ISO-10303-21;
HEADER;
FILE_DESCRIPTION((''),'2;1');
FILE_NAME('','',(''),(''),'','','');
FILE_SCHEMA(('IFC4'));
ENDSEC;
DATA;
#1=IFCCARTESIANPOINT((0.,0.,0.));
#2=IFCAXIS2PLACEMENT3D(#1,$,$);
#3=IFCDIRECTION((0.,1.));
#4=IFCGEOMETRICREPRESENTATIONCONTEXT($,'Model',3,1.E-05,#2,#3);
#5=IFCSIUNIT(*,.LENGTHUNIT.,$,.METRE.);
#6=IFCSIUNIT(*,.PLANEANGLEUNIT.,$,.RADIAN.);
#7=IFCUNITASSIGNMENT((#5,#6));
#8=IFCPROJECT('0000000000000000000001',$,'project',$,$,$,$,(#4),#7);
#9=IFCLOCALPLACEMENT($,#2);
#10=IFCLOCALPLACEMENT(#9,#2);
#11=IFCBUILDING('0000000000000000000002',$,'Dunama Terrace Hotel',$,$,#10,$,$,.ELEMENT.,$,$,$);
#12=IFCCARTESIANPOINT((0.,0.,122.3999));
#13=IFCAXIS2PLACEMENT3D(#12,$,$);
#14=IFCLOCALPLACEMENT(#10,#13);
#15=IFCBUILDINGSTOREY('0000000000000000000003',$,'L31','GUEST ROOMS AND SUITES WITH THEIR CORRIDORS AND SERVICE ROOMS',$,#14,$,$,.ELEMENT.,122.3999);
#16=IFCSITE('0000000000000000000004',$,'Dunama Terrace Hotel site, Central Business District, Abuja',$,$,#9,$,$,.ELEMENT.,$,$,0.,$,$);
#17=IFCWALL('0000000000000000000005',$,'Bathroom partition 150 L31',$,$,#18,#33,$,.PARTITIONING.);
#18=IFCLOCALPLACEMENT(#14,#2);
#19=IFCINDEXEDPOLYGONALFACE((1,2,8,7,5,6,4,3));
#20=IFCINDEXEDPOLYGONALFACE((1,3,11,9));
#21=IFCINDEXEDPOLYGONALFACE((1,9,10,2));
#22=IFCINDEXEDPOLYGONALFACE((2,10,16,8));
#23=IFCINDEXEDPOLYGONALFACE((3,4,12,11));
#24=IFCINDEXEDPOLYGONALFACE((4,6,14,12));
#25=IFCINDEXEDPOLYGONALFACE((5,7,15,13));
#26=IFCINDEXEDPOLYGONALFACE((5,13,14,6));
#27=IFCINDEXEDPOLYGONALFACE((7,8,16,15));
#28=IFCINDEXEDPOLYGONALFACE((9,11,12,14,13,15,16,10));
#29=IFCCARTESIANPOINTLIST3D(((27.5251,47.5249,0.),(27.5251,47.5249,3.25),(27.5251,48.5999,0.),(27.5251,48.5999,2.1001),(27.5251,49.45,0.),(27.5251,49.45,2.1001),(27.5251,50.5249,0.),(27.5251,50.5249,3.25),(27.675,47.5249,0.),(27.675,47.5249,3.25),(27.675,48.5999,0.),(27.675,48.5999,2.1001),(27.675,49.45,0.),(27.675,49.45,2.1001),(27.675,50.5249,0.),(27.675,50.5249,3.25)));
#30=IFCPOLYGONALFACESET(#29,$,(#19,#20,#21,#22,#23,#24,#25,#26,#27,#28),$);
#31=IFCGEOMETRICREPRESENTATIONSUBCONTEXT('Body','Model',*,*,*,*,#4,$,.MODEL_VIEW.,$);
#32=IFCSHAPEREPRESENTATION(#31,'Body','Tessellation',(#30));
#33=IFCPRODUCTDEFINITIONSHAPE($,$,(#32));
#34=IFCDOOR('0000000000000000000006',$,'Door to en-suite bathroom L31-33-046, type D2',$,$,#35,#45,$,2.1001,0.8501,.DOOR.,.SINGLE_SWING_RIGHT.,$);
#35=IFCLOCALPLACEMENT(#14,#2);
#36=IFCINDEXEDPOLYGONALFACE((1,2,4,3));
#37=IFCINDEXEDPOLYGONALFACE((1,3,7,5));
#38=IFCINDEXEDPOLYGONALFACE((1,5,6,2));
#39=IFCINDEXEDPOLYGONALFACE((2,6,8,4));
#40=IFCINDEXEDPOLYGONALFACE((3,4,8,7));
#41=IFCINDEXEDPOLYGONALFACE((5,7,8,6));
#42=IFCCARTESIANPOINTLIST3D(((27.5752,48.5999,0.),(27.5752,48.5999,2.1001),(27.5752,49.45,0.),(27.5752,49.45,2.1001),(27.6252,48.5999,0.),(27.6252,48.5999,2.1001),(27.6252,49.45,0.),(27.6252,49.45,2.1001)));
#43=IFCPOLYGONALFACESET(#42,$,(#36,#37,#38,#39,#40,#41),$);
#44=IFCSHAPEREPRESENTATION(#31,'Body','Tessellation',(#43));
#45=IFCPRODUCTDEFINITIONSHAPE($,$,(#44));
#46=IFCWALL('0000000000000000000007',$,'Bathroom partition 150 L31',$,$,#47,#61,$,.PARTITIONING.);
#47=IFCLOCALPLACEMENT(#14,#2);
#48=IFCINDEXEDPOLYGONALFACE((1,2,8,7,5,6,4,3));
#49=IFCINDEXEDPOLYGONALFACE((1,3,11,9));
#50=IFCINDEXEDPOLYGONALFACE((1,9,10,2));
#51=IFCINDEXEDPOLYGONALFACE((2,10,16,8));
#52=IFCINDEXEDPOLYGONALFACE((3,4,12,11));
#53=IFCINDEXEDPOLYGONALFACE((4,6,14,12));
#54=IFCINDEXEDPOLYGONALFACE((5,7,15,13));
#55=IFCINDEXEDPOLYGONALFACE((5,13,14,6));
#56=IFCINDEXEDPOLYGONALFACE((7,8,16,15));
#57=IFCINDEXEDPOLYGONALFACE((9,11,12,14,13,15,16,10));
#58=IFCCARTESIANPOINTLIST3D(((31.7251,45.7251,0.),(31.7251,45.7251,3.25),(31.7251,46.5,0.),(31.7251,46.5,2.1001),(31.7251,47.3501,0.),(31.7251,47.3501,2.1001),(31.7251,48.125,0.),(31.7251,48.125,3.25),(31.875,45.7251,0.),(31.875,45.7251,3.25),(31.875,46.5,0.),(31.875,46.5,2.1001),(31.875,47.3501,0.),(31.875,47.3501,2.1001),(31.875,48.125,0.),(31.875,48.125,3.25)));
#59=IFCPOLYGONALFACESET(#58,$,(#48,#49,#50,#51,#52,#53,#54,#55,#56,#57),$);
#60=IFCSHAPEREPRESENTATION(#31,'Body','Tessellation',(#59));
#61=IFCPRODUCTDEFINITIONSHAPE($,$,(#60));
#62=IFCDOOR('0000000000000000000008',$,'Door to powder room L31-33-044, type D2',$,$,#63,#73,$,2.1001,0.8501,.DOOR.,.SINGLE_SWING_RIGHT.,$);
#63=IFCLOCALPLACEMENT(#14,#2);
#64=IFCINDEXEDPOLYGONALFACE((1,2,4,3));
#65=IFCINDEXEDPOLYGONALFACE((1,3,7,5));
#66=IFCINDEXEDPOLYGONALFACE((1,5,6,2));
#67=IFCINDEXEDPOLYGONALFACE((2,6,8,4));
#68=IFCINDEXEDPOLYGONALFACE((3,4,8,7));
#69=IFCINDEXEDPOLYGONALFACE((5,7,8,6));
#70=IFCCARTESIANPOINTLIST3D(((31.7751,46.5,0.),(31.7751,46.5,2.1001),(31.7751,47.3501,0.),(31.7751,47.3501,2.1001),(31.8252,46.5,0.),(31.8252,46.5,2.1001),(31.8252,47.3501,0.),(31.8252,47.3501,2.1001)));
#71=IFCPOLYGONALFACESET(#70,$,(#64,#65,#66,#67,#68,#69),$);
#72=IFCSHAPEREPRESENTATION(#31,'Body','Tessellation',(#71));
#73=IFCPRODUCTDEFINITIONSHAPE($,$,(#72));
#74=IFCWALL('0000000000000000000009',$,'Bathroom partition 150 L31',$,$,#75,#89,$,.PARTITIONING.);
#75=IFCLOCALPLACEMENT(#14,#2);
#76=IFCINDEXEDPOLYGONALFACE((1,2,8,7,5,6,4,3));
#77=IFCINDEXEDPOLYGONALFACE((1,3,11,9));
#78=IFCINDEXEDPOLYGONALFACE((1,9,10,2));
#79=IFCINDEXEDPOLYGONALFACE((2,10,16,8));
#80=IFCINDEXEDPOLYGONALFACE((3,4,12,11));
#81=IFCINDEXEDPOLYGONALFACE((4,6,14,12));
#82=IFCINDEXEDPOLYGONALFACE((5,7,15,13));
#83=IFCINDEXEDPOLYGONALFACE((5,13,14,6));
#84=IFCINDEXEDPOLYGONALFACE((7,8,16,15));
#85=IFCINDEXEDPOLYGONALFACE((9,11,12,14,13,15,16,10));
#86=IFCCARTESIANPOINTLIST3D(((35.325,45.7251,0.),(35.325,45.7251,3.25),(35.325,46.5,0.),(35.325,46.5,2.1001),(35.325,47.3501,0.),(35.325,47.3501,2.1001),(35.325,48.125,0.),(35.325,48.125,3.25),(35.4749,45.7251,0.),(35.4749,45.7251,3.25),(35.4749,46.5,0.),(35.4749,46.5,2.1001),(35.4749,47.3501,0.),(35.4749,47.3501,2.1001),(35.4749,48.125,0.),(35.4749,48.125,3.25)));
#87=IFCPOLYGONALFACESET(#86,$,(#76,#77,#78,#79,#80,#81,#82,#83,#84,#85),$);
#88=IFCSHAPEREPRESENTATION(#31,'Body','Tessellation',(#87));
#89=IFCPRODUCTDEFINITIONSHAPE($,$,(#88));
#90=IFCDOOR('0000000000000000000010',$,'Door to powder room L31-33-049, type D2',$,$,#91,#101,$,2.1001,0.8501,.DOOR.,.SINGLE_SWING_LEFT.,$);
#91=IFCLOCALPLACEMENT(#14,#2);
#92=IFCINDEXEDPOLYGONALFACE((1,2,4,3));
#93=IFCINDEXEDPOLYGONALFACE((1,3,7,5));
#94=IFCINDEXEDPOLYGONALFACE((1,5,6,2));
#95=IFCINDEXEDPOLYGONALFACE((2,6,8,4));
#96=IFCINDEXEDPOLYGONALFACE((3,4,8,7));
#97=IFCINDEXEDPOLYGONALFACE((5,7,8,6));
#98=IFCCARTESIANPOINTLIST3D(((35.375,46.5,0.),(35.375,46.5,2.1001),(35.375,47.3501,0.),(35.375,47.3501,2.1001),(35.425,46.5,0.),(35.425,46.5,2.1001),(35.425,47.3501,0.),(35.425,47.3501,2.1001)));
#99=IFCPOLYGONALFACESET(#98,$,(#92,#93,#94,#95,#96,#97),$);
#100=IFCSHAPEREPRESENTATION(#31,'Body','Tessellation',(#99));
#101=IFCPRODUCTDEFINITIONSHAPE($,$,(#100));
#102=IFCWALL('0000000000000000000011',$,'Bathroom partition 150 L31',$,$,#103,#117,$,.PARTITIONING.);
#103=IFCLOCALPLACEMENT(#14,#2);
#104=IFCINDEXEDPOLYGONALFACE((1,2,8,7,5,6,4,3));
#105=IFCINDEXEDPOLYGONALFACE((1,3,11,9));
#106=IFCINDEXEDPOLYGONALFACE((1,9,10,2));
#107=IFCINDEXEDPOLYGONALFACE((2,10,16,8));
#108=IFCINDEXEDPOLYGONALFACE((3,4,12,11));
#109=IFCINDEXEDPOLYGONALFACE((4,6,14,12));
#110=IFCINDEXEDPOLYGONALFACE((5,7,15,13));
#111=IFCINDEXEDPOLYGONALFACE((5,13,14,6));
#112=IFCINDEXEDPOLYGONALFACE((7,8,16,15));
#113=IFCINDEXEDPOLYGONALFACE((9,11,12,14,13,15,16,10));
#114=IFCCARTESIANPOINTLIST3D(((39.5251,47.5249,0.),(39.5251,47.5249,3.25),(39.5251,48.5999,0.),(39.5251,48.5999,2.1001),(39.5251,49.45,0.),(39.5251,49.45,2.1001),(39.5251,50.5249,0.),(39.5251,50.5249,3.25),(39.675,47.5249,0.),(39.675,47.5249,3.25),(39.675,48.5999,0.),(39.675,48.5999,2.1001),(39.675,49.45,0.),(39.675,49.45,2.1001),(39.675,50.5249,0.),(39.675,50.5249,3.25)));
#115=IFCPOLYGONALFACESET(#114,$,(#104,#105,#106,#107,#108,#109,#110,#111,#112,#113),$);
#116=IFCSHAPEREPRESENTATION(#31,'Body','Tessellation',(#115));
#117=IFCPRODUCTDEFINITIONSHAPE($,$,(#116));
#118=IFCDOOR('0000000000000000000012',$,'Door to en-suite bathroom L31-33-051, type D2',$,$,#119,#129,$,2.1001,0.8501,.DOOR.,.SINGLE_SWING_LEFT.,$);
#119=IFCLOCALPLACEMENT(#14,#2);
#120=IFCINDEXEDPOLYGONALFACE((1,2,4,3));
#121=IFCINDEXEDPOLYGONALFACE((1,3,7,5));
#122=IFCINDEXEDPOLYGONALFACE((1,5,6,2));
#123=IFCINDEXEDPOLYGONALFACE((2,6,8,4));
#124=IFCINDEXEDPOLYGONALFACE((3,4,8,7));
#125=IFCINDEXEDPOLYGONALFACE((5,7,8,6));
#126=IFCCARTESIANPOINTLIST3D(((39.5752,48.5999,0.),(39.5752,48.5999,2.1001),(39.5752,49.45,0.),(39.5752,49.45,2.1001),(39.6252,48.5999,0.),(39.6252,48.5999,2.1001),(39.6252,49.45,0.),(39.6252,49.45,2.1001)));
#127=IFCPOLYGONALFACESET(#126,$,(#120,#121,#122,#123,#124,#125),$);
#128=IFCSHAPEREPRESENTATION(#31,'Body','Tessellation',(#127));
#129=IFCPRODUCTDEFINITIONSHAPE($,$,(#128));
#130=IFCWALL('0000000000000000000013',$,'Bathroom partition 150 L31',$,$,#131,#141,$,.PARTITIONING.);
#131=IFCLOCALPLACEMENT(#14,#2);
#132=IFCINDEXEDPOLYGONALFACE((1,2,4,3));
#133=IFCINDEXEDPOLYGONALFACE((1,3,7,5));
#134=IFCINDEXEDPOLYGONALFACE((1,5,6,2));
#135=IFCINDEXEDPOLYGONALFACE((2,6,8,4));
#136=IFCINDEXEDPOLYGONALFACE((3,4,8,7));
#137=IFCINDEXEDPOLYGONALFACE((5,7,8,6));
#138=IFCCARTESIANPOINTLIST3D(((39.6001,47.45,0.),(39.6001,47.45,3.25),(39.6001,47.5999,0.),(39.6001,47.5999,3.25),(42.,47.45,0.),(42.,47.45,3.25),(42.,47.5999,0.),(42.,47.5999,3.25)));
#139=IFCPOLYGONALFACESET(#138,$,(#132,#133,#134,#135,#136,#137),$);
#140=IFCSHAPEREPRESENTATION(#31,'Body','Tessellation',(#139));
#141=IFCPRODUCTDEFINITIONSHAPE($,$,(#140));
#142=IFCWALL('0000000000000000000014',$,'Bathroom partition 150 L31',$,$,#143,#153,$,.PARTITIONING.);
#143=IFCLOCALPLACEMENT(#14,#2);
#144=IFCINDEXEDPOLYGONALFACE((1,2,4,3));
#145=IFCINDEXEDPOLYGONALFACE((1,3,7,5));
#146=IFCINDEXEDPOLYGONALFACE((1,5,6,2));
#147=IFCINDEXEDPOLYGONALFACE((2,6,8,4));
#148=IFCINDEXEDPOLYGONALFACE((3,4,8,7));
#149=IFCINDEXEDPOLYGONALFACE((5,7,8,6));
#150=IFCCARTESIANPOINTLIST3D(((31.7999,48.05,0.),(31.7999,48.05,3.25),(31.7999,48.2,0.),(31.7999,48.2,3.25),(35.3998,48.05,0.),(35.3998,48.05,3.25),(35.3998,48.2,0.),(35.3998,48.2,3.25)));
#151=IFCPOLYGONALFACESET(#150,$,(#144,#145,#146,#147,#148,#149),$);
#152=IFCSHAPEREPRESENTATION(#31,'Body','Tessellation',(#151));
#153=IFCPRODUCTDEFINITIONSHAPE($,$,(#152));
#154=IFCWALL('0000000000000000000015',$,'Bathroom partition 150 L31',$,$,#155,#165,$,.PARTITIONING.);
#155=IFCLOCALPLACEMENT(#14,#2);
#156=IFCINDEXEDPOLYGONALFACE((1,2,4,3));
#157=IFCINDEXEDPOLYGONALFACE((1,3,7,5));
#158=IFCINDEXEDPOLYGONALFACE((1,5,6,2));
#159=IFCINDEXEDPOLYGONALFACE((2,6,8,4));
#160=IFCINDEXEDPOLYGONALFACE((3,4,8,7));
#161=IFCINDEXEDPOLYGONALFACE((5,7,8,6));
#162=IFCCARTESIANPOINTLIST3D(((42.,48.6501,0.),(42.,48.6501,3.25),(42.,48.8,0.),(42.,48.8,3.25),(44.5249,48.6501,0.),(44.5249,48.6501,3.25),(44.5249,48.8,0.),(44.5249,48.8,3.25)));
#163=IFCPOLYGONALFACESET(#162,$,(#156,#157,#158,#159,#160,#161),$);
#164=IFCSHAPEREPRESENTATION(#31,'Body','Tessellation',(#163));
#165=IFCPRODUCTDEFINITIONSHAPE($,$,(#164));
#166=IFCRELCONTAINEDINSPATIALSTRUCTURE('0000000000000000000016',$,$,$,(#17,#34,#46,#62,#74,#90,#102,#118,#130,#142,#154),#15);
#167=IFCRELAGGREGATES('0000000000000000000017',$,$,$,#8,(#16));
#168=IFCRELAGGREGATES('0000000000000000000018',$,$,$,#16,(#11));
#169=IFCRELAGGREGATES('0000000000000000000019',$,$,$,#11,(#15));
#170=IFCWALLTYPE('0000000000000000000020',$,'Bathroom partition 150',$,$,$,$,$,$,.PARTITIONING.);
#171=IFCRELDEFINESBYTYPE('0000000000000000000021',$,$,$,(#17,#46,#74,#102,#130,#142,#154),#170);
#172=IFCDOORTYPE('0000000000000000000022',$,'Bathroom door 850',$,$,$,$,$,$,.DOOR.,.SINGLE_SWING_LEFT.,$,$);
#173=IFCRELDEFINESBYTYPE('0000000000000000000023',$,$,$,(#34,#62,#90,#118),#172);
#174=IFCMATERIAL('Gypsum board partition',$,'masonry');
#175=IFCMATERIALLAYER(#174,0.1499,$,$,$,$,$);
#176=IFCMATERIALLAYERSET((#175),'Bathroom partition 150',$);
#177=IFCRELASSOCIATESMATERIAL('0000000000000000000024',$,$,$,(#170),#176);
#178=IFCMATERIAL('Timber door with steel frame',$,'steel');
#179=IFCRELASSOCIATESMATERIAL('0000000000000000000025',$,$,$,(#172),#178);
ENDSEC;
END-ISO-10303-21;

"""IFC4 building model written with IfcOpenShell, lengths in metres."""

from ifc_helpers import new_model, si_unit, direction, frame, frame_2d, origin, place, context, subcontext, project, spatial, rectangle, extrude, material, layer, layer_set, type_object, element, fill, save


model = new_model("IFC4")

# Units and contexts
model_context = context("Model", 3, precision=1e-05, world=origin(), true_north=direction((0.0, 1.0)))
body_context = subcontext(model_context, "Body", "Model", "MODEL_VIEW")
ifc_project = project(units=[si_unit("LENGTHUNIT", "METRE"), si_unit("PLANEANGLEUNIT", "RADIAN")], contexts=[model_context])

# Site, building, storey
site_placement = place(None, origin())
site = spatial("IfcSite", under=ifc_project, at=site_placement, Name="Dunama Terrace Hotel site, Central Business District, Abuja", CompositionType="ELEMENT", RefElevation=0.0)
building_placement = place(site_placement, origin())
building = spatial("IfcBuilding", under=site, at=building_placement, Name="Dunama Terrace Hotel", CompositionType="ELEMENT")
storey_placement = place(building_placement, frame((0.0, 0.0, 122.3999)))
storey = spatial("IfcBuildingStorey", under=building, at=storey_placement, Name="L31", Description="GUEST ROOMS AND SUITES WITH THEIR CORRIDORS AND SERVICE ROOMS", CompositionType="ELEMENT", Elevation=122.3999)

# Walls, openings, doors
ifc_material_1 = material(Name="Gypsum board partition", Category="masonry")
ifc_layer_1 = layer(ifc_material_1, 0.1499)
ifc_layer_set_1 = layer_set([ifc_layer_1], Name="Bathroom partition 150")
wall_type_1 = type_object("IfcWallType", Name="Bathroom partition 150", PredefinedType="PARTITIONING", material=ifc_layer_set_1)
wall_1_placement = place(storey_placement, frame((27.6001, 47.5249, 0.0), z_axis=(0.0, 0.0, 1.0), x_axis=(0.0, 1.0, 0.0)))
wall_1 = element("IfcWall", 1, at=wall_1_placement, inside=storey, type_object=wall_type_1, Name="Bathroom partition 150 L31", PredefinedType="PARTITIONING", context=body_context, shape_type="SweptSolid", body=[
    extrude(rectangle(XDim=3.0, YDim=0.1499, at=frame_2d((1.5, 0.0))), origin(), (0.0, 0.0, 1.0), 3.25),
])
opening_1_placement = place(wall_1_placement, frame((1.075, 0.0, 0.0)))
opening_1 = element("IfcOpeningElement", 2, at=opening_1_placement, cuts=wall_1, PredefinedType="OPENING", context=body_context, shape_type="SweptSolid", body=[
    extrude(rectangle(XDim=0.8501, YDim=2.1001, at=frame_2d((0.425, 1.05))), frame((0.0, 0.085, 0.0), z_axis=(0.0, -1.0, 0.0), x_axis=(1.0, 0.0, 0.0)), (0.0, 0.0, 1.0), 0.1699),
])
ifc_material_2 = material(Name="Timber door with steel frame", Category="steel")
door_type_1 = type_object("IfcDoorType", Name="Bathroom door 850", OperationType="SINGLE_SWING_LEFT", PredefinedType="DOOR", material=ifc_material_2)
door_1_placement = place(opening_1_placement, origin())
door_1 = element("IfcDoor", 3, at=door_1_placement, inside=storey, type_object=door_type_1, Name="Door to en-suite bathroom L31-33-046, type D2", OperationType="SINGLE_SWING_RIGHT", OverallHeight=2.1001, OverallWidth=0.8501, PredefinedType="DOOR", context=body_context, shape_type="SweptSolid", body=[
    extrude(rectangle(XDim=0.8501, YDim=2.1001, at=frame_2d((0.425, 1.05))), frame((0.0, 0.0249, 0.0), z_axis=(0.0, -1.0, 0.0), x_axis=(1.0, 0.0, 0.0)), (0.0, 0.0, 1.0), 0.05),
])
fill(opening_1, door_1)
wall_2_placement = place(storey_placement, frame((31.8, 45.7251, 0.0), z_axis=(0.0, 0.0, 1.0), x_axis=(0.0, 1.0, 0.0)))
wall_2 = element("IfcWall", 4, at=wall_2_placement, inside=storey, type_object=wall_type_1, Name="Bathroom partition 150 L31", PredefinedType="PARTITIONING", context=body_context, shape_type="SweptSolid", body=[
    extrude(rectangle(XDim=2.3999, YDim=0.1499, at=frame_2d((1.2, 0.0))), origin(), (0.0, 0.0, 1.0), 3.25),
])
opening_2_placement = place(wall_2_placement, frame((0.7749, 0.0, 0.0)))
opening_2 = element("IfcOpeningElement", 5, at=opening_2_placement, cuts=wall_2, PredefinedType="OPENING", context=body_context, shape_type="SweptSolid", body=[
    extrude(rectangle(XDim=0.8501, YDim=2.1001, at=frame_2d((0.425, 1.05))), frame((0.0, 0.085, 0.0), z_axis=(0.0, -1.0, 0.0), x_axis=(1.0, 0.0, 0.0)), (0.0, 0.0, 1.0), 0.1699),
])
door_2_placement = place(opening_2_placement, frame((0.8501, 0.0, 0.0), z_axis=(0.0, 0.0, 1.0), x_axis=(-1.0, 0.0, 0.0)))
door_2 = element("IfcDoor", 6, at=door_2_placement, inside=storey, type_object=door_type_1, Name="Door to powder room L31-33-044, type D2", OperationType="SINGLE_SWING_RIGHT", OverallHeight=2.1001, OverallWidth=0.8501, PredefinedType="DOOR", context=body_context, shape_type="SweptSolid", body=[
    extrude(rectangle(XDim=0.8501, YDim=2.1001, at=frame_2d((0.425, 1.05))), frame((0.0, 0.0251, 0.0), z_axis=(0.0, -1.0, 0.0), x_axis=(1.0, 0.0, 0.0)), (0.0, 0.0, 1.0), 0.05),
])
fill(opening_2, door_2)
wall_3_placement = place(storey_placement, frame((35.3999, 45.7251, 0.0), z_axis=(0.0, 0.0, 1.0), x_axis=(0.0, 1.0, 0.0)))
wall_3 = element("IfcWall", 7, at=wall_3_placement, inside=storey, type_object=wall_type_1, Name="Bathroom partition 150 L31", PredefinedType="PARTITIONING", context=body_context, shape_type="SweptSolid", body=[
    extrude(rectangle(XDim=2.3999, YDim=0.1499, at=frame_2d((1.2, 0.0))), origin(), (0.0, 0.0, 1.0), 3.25),
])
opening_3_placement = place(wall_3_placement, frame((0.7749, 0.0, 0.0)))
opening_3 = element("IfcOpeningElement", 8, at=opening_3_placement, cuts=wall_3, PredefinedType="OPENING", context=body_context, shape_type="SweptSolid", body=[
    extrude(rectangle(XDim=0.8501, YDim=2.1001, at=frame_2d((0.425, 1.05))), frame((0.0, 0.085, 0.0), z_axis=(0.0, -1.0, 0.0), x_axis=(1.0, 0.0, 0.0)), (0.0, 0.0, 1.0), 0.1699),
])
door_3_placement = place(opening_3_placement, origin())
door_3 = element("IfcDoor", 9, at=door_3_placement, inside=storey, type_object=door_type_1, Name="Door to powder room L31-33-049, type D2", OperationType="SINGLE_SWING_LEFT", OverallHeight=2.1001, OverallWidth=0.8501, PredefinedType="DOOR", context=body_context, shape_type="SweptSolid", body=[
    extrude(rectangle(XDim=0.8501, YDim=2.1001, at=frame_2d((0.425, 1.05))), frame((0.0, 0.0249, 0.0), z_axis=(0.0, -1.0, 0.0), x_axis=(1.0, 0.0, 0.0)), (0.0, 0.0, 1.0), 0.05),
])
fill(opening_3, door_3)
wall_4_placement = place(storey_placement, frame((39.6001, 47.5249, 0.0), z_axis=(0.0, 0.0, 1.0), x_axis=(0.0, 1.0, 0.0)))
wall_4 = element("IfcWall", 10, at=wall_4_placement, inside=storey, type_object=wall_type_1, Name="Bathroom partition 150 L31", PredefinedType="PARTITIONING", context=body_context, shape_type="SweptSolid", body=[
    extrude(rectangle(XDim=3.0, YDim=0.1499, at=frame_2d((1.5, 0.0))), origin(), (0.0, 0.0, 1.0), 3.25),
])
opening_4_placement = place(wall_4_placement, frame((1.075, 0.0, 0.0)))
opening_4 = element("IfcOpeningElement", 11, at=opening_4_placement, cuts=wall_4, PredefinedType="OPENING", context=body_context, shape_type="SweptSolid", body=[
    extrude(rectangle(XDim=0.8501, YDim=2.1001, at=frame_2d((0.425, 1.05))), frame((0.0, 0.085, 0.0), z_axis=(0.0, -1.0, 0.0), x_axis=(1.0, 0.0, 0.0)), (0.0, 0.0, 1.0), 0.1699),
])
door_4_placement = place(opening_4_placement, frame((0.8501, 0.0, 0.0), z_axis=(0.0, 0.0, 1.0), x_axis=(-1.0, 0.0, 0.0)))
door_4 = element("IfcDoor", 12, at=door_4_placement, inside=storey, type_object=door_type_1, Name="Door to en-suite bathroom L31-33-051, type D2", OperationType="SINGLE_SWING_LEFT", OverallHeight=2.1001, OverallWidth=0.8501, PredefinedType="DOOR", context=body_context, shape_type="SweptSolid", body=[
    extrude(rectangle(XDim=0.8501, YDim=2.1001, at=frame_2d((0.425, 1.05))), frame((0.0, 0.0251, 0.0), z_axis=(0.0, -1.0, 0.0), x_axis=(1.0, 0.0, 0.0)), (0.0, 0.0, 1.0), 0.05),
])
fill(opening_4, door_4)

# Walls
wall_5_placement = place(storey_placement, frame((39.6001, 47.5249, 0.0), z_axis=(0.0, 0.0, 1.0), x_axis=(1.0, 0.0, 0.0)))
element("IfcWall", 13, at=wall_5_placement, inside=storey, type_object=wall_type_1, Name="Bathroom partition 150 L31", PredefinedType="PARTITIONING", context=body_context, shape_type="SweptSolid", body=[
    extrude(rectangle(XDim=2.3999, YDim=0.1499, at=frame_2d((1.2, 0.0))), origin(), (0.0, 0.0, 1.0), 3.25),
])
wall_6_placement = place(storey_placement, frame((31.8, 48.125, 0.0), z_axis=(0.0, 0.0, 1.0), x_axis=(1.0, 0.0, 0.0)))
element("IfcWall", 14, at=wall_6_placement, inside=storey, type_object=wall_type_1, Name="Bathroom partition 150 L31", PredefinedType="PARTITIONING", context=body_context, shape_type="SweptSolid", body=[
    extrude(rectangle(XDim=3.5999, YDim=0.1499, at=frame_2d((1.7998, 0.0))), origin(), (0.0, 0.0, 1.0), 3.25),
])
wall_7_placement = place(storey_placement, frame((42.0, 48.7251, 0.0), z_axis=(0.0, 0.0, 1.0), x_axis=(1.0, 0.0, 0.0)))
element("IfcWall", 15, at=wall_7_placement, inside=storey, type_object=wall_type_1, Name="Bathroom partition 150 L31", PredefinedType="PARTITIONING", context=body_context, shape_type="SweptSolid", body=[
    extrude(rectangle(XDim=2.5249, YDim=0.1499, at=frame_2d((1.2625, 0.0))), origin(), (0.0, 0.0, 1.0), 3.25),
])

save(model, "model.ifc")
